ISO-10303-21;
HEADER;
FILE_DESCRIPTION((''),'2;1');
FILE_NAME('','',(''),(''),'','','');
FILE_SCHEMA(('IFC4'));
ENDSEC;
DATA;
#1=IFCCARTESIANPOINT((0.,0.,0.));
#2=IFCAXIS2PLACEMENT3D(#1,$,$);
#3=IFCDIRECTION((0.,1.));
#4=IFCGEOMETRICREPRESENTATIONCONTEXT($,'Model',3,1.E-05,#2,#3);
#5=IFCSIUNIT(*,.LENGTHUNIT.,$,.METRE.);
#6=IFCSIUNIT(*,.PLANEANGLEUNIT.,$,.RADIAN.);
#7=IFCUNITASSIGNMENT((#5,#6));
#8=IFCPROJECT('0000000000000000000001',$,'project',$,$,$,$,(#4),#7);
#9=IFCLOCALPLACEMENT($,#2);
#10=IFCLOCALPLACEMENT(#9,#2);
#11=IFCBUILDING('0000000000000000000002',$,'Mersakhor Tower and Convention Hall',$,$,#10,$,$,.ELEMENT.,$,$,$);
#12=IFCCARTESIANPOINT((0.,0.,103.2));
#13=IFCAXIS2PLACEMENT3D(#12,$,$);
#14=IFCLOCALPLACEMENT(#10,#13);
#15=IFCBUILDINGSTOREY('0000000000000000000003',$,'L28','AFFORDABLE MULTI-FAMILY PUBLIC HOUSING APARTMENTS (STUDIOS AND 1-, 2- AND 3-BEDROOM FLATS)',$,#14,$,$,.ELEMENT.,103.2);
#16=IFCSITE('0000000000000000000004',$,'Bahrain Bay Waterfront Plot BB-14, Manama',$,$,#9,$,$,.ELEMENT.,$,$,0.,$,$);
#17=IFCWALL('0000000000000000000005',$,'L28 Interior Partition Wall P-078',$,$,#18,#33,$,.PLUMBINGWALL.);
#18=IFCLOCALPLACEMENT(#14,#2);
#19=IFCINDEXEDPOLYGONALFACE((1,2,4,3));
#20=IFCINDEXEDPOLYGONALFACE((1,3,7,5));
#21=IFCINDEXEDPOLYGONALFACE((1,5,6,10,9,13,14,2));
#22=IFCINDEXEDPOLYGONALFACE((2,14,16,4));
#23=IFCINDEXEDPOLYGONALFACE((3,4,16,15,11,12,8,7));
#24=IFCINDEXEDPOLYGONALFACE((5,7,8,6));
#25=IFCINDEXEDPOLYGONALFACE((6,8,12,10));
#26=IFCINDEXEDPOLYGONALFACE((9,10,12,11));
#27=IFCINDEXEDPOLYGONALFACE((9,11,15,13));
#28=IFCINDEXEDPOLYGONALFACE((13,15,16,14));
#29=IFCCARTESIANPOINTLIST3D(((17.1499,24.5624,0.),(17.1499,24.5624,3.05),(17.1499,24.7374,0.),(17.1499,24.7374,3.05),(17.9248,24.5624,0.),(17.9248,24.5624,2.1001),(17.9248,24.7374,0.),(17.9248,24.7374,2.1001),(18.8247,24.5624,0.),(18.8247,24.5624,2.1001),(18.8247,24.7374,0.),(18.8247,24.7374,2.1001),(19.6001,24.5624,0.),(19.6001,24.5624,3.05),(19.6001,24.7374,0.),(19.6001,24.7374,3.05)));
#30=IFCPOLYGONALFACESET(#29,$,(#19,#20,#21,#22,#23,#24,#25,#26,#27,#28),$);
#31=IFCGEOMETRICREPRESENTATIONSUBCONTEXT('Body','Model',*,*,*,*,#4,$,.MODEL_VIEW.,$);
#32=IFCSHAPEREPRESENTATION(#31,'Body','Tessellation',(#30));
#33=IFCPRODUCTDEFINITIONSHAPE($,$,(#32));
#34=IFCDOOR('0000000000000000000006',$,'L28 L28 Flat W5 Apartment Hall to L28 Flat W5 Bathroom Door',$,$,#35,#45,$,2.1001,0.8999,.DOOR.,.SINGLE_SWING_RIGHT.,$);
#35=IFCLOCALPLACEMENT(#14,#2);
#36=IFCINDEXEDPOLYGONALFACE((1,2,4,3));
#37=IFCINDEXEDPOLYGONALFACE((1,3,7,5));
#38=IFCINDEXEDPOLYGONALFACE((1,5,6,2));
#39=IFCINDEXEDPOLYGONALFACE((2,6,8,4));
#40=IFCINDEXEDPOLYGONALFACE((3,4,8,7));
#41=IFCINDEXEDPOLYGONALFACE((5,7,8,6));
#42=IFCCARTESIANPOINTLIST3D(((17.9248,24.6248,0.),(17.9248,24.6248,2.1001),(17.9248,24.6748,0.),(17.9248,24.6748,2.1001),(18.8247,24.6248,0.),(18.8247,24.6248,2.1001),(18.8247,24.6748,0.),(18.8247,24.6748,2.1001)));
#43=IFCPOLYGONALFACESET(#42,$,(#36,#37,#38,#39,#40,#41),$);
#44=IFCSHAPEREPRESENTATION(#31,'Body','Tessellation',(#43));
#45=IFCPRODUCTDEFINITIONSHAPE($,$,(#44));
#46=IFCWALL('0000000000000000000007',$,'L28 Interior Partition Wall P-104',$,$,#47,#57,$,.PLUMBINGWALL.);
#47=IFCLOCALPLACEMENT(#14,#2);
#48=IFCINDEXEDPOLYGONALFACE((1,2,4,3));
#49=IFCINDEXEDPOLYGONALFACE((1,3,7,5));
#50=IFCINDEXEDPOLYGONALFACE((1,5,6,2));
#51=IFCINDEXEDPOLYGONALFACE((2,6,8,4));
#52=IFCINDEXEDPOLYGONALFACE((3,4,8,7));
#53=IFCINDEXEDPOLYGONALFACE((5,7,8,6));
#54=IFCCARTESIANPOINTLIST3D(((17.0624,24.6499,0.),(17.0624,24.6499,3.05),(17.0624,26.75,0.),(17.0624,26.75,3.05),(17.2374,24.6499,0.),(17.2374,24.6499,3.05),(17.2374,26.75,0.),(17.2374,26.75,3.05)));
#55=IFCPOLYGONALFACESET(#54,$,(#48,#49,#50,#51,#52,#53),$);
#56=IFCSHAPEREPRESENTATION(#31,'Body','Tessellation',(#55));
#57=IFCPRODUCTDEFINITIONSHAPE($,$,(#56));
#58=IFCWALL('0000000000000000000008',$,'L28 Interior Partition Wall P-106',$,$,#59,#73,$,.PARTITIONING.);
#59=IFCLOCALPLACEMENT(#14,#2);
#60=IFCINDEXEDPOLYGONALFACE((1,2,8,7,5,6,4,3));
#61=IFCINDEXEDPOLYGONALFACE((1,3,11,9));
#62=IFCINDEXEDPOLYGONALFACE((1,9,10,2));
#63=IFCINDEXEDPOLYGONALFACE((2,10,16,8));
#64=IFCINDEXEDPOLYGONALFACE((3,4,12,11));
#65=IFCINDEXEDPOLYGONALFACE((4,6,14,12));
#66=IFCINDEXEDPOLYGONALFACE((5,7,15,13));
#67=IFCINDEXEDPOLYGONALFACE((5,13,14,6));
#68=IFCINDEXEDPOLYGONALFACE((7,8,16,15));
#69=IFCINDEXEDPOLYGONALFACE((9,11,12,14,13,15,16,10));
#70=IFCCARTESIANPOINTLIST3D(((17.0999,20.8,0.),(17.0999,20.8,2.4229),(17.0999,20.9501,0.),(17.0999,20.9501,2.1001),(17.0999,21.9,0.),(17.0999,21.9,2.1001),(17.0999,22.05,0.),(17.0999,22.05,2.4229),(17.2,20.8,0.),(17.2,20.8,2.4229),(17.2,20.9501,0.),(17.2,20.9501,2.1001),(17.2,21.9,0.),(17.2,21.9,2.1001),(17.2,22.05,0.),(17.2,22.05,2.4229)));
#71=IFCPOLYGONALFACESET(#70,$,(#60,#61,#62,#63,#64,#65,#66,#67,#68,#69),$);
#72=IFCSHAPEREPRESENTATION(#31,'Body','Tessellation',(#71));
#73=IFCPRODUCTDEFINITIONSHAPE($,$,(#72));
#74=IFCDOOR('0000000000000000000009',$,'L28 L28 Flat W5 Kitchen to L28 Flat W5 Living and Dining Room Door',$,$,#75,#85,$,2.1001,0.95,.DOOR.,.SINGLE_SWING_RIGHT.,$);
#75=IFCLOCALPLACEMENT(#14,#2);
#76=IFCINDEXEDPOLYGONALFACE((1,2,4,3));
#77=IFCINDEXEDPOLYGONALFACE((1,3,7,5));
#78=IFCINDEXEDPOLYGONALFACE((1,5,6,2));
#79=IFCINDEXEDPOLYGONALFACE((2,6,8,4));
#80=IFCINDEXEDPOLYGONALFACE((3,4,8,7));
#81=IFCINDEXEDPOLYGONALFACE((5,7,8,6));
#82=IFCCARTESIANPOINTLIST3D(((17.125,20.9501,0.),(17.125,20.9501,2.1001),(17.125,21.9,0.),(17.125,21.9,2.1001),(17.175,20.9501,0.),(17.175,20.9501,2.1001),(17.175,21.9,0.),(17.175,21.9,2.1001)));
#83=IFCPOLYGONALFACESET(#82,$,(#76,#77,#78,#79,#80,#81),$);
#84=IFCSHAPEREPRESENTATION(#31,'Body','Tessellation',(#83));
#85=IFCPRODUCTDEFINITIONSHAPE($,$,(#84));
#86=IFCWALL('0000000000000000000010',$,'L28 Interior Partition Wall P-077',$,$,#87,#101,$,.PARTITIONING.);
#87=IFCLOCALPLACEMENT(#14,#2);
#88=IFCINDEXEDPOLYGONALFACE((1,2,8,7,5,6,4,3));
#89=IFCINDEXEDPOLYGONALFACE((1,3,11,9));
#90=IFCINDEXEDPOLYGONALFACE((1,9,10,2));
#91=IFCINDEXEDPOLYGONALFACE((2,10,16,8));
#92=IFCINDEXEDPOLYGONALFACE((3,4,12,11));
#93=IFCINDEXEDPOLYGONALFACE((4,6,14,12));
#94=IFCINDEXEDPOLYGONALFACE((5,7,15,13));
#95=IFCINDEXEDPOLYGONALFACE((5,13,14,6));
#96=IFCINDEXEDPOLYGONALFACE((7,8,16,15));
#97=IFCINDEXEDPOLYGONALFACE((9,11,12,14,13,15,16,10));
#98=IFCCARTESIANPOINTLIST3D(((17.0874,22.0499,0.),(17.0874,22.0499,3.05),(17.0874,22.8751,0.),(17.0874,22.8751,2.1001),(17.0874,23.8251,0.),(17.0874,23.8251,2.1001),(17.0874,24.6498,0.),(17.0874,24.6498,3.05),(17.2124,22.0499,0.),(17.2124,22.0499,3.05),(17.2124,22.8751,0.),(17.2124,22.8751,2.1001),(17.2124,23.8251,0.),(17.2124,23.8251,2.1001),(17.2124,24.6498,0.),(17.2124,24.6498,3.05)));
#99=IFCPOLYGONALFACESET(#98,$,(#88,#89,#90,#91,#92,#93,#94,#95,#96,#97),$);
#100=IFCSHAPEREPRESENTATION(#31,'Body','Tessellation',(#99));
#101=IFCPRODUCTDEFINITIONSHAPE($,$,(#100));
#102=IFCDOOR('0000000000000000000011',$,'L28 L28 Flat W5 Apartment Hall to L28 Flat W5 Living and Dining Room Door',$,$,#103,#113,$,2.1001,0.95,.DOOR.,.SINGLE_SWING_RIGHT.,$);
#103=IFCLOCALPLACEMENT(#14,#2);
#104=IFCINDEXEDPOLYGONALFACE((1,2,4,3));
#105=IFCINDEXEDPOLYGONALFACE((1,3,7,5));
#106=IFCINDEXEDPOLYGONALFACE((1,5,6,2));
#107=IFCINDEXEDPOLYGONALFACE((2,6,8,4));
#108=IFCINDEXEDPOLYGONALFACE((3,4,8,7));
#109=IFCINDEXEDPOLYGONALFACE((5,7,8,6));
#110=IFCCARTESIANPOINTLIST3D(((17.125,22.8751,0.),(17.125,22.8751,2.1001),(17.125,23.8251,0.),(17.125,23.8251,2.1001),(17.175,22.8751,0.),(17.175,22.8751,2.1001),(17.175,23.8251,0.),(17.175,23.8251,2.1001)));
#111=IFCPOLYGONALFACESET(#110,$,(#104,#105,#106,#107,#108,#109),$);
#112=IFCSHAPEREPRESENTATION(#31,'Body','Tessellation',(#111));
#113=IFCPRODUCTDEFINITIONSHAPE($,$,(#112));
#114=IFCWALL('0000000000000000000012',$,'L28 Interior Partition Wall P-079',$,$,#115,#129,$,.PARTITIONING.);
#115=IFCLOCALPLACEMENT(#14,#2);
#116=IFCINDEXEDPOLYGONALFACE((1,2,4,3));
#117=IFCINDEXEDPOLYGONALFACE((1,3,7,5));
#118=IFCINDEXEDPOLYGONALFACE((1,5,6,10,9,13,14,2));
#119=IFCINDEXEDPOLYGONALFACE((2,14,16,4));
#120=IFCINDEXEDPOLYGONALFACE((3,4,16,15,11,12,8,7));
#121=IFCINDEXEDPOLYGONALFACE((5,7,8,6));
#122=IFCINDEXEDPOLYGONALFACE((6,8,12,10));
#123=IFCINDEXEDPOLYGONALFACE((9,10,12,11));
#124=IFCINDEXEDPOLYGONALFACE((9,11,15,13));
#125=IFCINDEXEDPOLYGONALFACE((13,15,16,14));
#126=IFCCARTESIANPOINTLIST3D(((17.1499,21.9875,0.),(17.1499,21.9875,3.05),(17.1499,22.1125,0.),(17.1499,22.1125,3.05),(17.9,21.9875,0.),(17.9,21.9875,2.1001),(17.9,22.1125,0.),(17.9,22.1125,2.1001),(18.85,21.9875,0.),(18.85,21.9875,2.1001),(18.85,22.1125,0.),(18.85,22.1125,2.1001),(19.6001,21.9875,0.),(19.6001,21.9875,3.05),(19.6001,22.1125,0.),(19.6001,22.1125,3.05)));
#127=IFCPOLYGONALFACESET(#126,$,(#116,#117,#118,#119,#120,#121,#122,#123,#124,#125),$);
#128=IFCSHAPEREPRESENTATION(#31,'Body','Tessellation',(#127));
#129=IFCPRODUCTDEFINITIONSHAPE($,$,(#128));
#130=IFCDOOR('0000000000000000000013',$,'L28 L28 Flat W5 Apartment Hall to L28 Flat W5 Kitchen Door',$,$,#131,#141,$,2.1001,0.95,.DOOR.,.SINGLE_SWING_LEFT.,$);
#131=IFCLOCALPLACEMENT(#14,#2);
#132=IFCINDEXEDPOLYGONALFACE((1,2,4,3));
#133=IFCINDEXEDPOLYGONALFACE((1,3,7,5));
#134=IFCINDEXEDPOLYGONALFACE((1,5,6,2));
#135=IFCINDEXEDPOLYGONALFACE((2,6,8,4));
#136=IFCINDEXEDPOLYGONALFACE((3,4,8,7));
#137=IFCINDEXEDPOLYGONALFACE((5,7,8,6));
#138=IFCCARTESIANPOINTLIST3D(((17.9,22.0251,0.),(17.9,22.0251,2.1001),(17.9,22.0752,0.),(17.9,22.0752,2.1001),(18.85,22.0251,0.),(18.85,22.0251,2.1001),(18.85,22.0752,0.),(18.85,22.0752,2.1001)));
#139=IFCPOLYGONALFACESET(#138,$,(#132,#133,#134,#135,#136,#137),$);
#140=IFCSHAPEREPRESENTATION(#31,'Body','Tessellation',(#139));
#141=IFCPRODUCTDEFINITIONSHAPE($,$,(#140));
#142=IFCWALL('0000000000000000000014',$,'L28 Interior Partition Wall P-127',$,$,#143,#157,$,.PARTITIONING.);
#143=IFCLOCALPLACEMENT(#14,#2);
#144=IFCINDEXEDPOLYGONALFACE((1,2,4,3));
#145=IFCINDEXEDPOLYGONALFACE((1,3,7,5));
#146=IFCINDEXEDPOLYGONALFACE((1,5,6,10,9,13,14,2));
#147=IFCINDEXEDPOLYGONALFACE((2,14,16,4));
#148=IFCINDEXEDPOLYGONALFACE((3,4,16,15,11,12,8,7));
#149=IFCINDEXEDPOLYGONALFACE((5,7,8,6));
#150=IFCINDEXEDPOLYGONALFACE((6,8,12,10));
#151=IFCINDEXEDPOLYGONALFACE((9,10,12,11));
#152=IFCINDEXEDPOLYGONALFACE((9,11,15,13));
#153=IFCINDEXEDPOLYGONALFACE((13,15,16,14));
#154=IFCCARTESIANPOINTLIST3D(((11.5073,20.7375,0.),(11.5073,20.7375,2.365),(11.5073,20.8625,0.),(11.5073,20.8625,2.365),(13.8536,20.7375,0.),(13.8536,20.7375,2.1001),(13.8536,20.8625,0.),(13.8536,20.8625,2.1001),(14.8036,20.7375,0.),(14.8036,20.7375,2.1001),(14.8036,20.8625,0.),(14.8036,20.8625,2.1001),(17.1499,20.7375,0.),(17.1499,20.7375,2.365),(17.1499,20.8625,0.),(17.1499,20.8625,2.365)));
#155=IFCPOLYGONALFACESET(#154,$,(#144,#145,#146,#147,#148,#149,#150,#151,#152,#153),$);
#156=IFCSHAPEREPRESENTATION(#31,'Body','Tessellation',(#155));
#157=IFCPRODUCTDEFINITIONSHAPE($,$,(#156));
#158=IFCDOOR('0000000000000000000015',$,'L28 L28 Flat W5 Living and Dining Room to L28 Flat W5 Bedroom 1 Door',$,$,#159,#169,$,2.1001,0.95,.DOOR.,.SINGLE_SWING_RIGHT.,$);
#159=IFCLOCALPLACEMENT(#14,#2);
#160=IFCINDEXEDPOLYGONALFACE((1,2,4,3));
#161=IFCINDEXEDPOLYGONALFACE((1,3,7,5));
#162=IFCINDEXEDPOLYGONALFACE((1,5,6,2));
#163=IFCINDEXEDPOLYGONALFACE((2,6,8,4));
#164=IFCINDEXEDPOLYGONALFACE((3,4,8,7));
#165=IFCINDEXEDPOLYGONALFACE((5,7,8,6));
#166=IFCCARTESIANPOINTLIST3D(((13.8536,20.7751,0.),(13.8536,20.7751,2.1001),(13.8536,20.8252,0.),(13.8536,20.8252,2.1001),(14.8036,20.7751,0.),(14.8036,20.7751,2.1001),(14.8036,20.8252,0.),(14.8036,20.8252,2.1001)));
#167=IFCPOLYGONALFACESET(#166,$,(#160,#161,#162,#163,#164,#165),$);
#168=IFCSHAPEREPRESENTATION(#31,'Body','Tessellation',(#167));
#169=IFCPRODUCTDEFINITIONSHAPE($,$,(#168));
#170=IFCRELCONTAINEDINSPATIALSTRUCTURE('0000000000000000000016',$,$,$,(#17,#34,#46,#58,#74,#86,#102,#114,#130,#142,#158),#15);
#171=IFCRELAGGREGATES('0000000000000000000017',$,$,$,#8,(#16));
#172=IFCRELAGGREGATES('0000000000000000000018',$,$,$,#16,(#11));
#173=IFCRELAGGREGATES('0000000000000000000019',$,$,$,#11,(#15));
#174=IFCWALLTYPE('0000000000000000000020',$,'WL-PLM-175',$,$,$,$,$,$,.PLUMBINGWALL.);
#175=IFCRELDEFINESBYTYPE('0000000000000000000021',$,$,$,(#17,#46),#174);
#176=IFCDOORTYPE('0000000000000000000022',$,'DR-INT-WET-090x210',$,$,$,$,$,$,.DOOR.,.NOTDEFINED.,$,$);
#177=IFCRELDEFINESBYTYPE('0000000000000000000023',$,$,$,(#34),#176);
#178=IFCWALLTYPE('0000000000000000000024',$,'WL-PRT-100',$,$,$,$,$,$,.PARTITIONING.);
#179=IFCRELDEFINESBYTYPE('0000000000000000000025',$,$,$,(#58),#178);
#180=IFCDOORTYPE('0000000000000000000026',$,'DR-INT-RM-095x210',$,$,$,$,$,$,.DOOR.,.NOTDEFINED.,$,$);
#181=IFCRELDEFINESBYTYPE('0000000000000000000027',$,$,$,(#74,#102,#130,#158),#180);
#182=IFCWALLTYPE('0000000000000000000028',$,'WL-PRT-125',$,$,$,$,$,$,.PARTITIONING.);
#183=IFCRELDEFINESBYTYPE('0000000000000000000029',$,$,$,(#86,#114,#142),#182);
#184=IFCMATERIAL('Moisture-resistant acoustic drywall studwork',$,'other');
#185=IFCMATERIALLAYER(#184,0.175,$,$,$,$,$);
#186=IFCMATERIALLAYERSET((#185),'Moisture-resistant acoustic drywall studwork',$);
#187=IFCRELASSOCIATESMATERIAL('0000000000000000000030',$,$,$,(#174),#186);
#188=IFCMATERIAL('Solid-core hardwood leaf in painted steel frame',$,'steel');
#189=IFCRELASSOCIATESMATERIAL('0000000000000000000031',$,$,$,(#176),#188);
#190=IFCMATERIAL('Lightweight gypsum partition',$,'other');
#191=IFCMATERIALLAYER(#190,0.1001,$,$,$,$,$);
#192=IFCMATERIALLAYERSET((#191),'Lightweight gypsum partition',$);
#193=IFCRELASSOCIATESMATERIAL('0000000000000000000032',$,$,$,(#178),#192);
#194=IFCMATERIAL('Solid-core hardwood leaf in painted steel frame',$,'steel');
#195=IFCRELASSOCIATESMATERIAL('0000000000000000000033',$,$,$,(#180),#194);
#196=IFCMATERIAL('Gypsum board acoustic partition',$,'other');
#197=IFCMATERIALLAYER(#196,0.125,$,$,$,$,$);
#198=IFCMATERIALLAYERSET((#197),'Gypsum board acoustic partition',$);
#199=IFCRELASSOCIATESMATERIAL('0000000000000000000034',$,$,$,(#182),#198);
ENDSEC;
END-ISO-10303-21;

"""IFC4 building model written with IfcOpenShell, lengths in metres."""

from ifc_helpers import new_model, si_unit, direction, frame, frame_2d, origin, place, context, subcontext, project, spatial, rectangle, extrude, material, layer, layer_set, type_object, element, fill, save


model = new_model("IFC4")

# Units and contexts
model_context = context("Model", 3, precision=1e-05, world=origin(), true_north=direction((0.0, 1.0)))
body_context = subcontext(model_context, "Body", "Model", "MODEL_VIEW")
ifc_project = project(units=[si_unit("LENGTHUNIT", "METRE"), si_unit("PLANEANGLEUNIT", "RADIAN")], contexts=[model_context])

# Site, building, storey
site_placement = place(None, origin())
site = spatial("IfcSite", under=ifc_project, at=site_placement, Name="Bahrain Bay Waterfront Plot BB-14, Manama", CompositionType="ELEMENT", RefElevation=0.0)
building_placement = place(site_placement, origin())
building = spatial("IfcBuilding", under=site, at=building_placement, Name="Mersakhor Tower and Convention Hall", CompositionType="ELEMENT")
storey_placement = place(building_placement, frame((0.0, 0.0, 103.2)))
storey = spatial("IfcBuildingStorey", under=building, at=storey_placement, Name="L28", Description="AFFORDABLE MULTI-FAMILY PUBLIC HOUSING APARTMENTS (STUDIOS AND 1-, 2- AND 3-BEDROOM FLATS)", CompositionType="ELEMENT", Elevation=103.2)

# Wall, opening, door
ifc_material_1 = material(Name="Moisture-resistant acoustic drywall studwork", Category="other")
ifc_layer_1 = layer(ifc_material_1, 0.175)
ifc_layer_set_1 = layer_set([ifc_layer_1], Name="Moisture-resistant acoustic drywall studwork")
wall_type_1 = type_object("IfcWallType", Name="WL-PLM-175", PredefinedType="PLUMBINGWALL", material=ifc_layer_set_1)
wall_1_placement = place(storey_placement, frame((17.1499, 24.6499, 0.0), z_axis=(0.0, 0.0, 1.0), x_axis=(1.0, 0.0, 0.0)))
wall_1 = element("IfcWall", 1, at=wall_1_placement, inside=storey, type_object=wall_type_1, Name="L28 Interior Partition Wall P-078", PredefinedType="PLUMBINGWALL", context=body_context, shape_type="SweptSolid", body=[
    extrude(rectangle(XDim=2.4502, YDim=0.175, at=frame_2d((1.2251, 0.0))), origin(), (0.0, 0.0, 1.0), 3.05),
])
opening_1_placement = place(wall_1_placement, frame((0.7749, 0.0, 0.0)))
opening_1 = element("IfcOpeningElement", 2, at=opening_1_placement, cuts=wall_1, PredefinedType="OPENING", context=body_context, shape_type="SweptSolid", body=[
    extrude(rectangle(XDim=0.8999, YDim=2.1001, at=frame_2d((0.45, 1.05))), frame((0.0, 0.0974, 0.0), z_axis=(0.0, -1.0, 0.0), x_axis=(1.0, 0.0, 0.0)), (0.0, 0.0, 1.0), 0.1951),
])
ifc_material_2 = material(Name="Solid-core hardwood leaf in painted steel frame", Category="steel")
door_type_1 = type_object("IfcDoorType", Name="DR-INT-WET-090x210", OperationType="NOTDEFINED", PredefinedType="DOOR", material=ifc_material_2)
door_1_placement = place(opening_1_placement, origin())
door_1 = element("IfcDoor", 3, at=door_1_placement, inside=storey, type_object=door_type_1, Name="L28 L28 Flat W5 Apartment Hall to L28 Flat W5 Bathroom Door", OperationType="SINGLE_SWING_RIGHT", OverallHeight=2.1001, OverallWidth=0.8999, PredefinedType="DOOR", context=body_context, shape_type="SweptSolid", body=[
    extrude(rectangle(XDim=0.8999, YDim=2.1001, at=frame_2d((0.45, 1.05))), frame((0.0, 0.0249, 0.0), z_axis=(0.0, -1.0, 0.0), x_axis=(1.0, 0.0, 0.0)), (0.0, 0.0, 1.0), 0.05),
])
fill(opening_1, door_1)

# Wall
wall_2_placement = place(storey_placement, frame((17.1499, 24.6499, 0.0), z_axis=(0.0, 0.0, 1.0), x_axis=(0.0, 1.0, 0.0)))
element("IfcWall", 4, at=wall_2_placement, inside=storey, type_object=wall_type_1, Name="L28 Interior Partition Wall P-104", PredefinedType="PLUMBINGWALL", context=body_context, shape_type="SweptSolid", body=[
    extrude(rectangle(XDim=2.1001, YDim=0.175, at=frame_2d((1.05, 0.0))), origin(), (0.0, 0.0, 1.0), 3.05),
])

# Walls, openings, doors
ifc_material_3 = material(Name="Lightweight gypsum partition", Category="other")
ifc_layer_2 = layer(ifc_material_3, 0.1001)
ifc_layer_set_2 = layer_set([ifc_layer_2], Name="Lightweight gypsum partition")
wall_type_2 = type_object("IfcWallType", Name="WL-PRT-100", PredefinedType="PARTITIONING", material=ifc_layer_set_2)
wall_3_placement = place(storey_placement, frame((17.1499, 20.8, 0.0), z_axis=(0.0, 0.0, 1.0), x_axis=(0.0, 1.0, 0.0)))
wall_3 = element("IfcWall", 5, at=wall_3_placement, inside=storey, type_object=wall_type_2, Name="L28 Interior Partition Wall P-106", PredefinedType="PARTITIONING", context=body_context, shape_type="SweptSolid", body=[
    extrude(rectangle(XDim=1.25, YDim=0.1001, at=frame_2d((0.625, 0.0))), origin(), (0.0, 0.0, 1.0), 2.4229),
])
opening_2_placement = place(wall_3_placement, frame((0.1499, 0.0, 0.0)))
opening_2 = element("IfcOpeningElement", 6, at=opening_2_placement, cuts=wall_3, PredefinedType="OPENING", context=body_context, shape_type="SweptSolid", body=[
    extrude(rectangle(XDim=0.95, YDim=2.1001, at=frame_2d((0.4751, 1.05))), frame((0.0, 0.0601, 0.0), z_axis=(0.0, -1.0, 0.0), x_axis=(1.0, 0.0, 0.0)), (0.0, 0.0, 1.0), 0.1201),
])
ifc_material_4 = material(Name="Solid-core hardwood leaf in painted steel frame", Category="steel")
door_type_2 = type_object("IfcDoorType", Name="DR-INT-RM-095x210", OperationType="NOTDEFINED", PredefinedType="DOOR", material=ifc_material_4)
door_2_placement = place(opening_2_placement, origin())
door_2 = element("IfcDoor", 7, at=door_2_placement, inside=storey, type_object=door_type_2, Name="L28 L28 Flat W5 Kitchen to L28 Flat W5 Living and Dining Room Door", OperationType="SINGLE_SWING_RIGHT", OverallHeight=2.1001, OverallWidth=0.95, PredefinedType="DOOR", context=body_context, shape_type="SweptSolid", body=[
    extrude(rectangle(XDim=0.95, YDim=2.1001, at=frame_2d((0.4751, 1.05))), frame((0.0, 0.0249, 0.0), z_axis=(0.0, -1.0, 0.0), x_axis=(1.0, 0.0, 0.0)), (0.0, 0.0, 1.0), 0.05),
])
fill(opening_2, door_2)
ifc_material_5 = material(Name="Gypsum board acoustic partition", Category="other")
ifc_layer_3 = layer(ifc_material_5, 0.125)
ifc_layer_set_3 = layer_set([ifc_layer_3], Name="Gypsum board acoustic partition")
wall_type_3 = type_object("IfcWallType", Name="WL-PRT-125", PredefinedType="PARTITIONING", material=ifc_layer_set_3)
wall_4_placement = place(storey_placement, frame((17.1499, 22.05, 0.0), z_axis=(0.0, 0.0, 1.0), x_axis=(0.0, 1.0, 0.0)))
wall_4 = element("IfcWall", 8, at=wall_4_placement, inside=storey, type_object=wall_type_3, Name="L28 Interior Partition Wall P-077", PredefinedType="PARTITIONING", context=body_context, shape_type="SweptSolid", body=[
    extrude(rectangle(XDim=2.5999, YDim=0.125, at=frame_2d((1.2998, 0.0))), origin(), (0.0, 0.0, 1.0), 3.05),
])
opening_3_placement = place(wall_4_placement, frame((0.825, 0.0, 0.0)))
opening_3 = element("IfcOpeningElement", 9, at=opening_3_placement, cuts=wall_4, PredefinedType="OPENING", context=body_context, shape_type="SweptSolid", body=[
    extrude(rectangle(XDim=0.95, YDim=2.1001, at=frame_2d((0.4751, 1.05))), frame((0.0, 0.0725, 0.0), z_axis=(0.0, -1.0, 0.0), x_axis=(1.0, 0.0, 0.0)), (0.0, 0.0, 1.0), 0.145),
])
door_3_placement = place(opening_3_placement, origin())
door_3 = element("IfcDoor", 10, at=door_3_placement, inside=storey, type_object=door_type_2, Name="L28 L28 Flat W5 Apartment Hall to L28 Flat W5 Living and Dining Room Door", OperationType="SINGLE_SWING_RIGHT", OverallHeight=2.1001, OverallWidth=0.95, PredefinedType="DOOR", context=body_context, shape_type="SweptSolid", body=[
    extrude(rectangle(XDim=0.95, YDim=2.1001, at=frame_2d((0.4751, 1.05))), frame((0.0, 0.0249, 0.0), z_axis=(0.0, -1.0, 0.0), x_axis=(1.0, 0.0, 0.0)), (0.0, 0.0, 1.0), 0.05),
])
fill(opening_3, door_3)
wall_5_placement = place(storey_placement, frame((19.6001, 22.05, 0.0), z_axis=(0.0, 0.0, 1.0), x_axis=(-1.0, 0.0, 0.0)))
wall_5 = element("IfcWall", 11, at=wall_5_placement, inside=storey, type_object=wall_type_3, Name="L28 Interior Partition Wall P-079", PredefinedType="PARTITIONING", context=body_context, shape_type="SweptSolid", body=[
    extrude(rectangle(XDim=2.4502, YDim=0.125, at=frame_2d((1.2251, 0.0))), origin(), (0.0, 0.0, 1.0), 3.05),
])
opening_4_placement = place(wall_5_placement, frame((0.75, 0.0, 0.0)))
opening_4 = element("IfcOpeningElement", 12, at=opening_4_placement, cuts=wall_5, PredefinedType="OPENING", context=body_context, shape_type="SweptSolid", body=[
    extrude(rectangle(XDim=0.95, YDim=2.1001, at=frame_2d((0.4751, 1.05))), frame((0.0, 0.0725, 0.0), z_axis=(0.0, -1.0, 0.0), x_axis=(1.0, 0.0, 0.0)), (0.0, 0.0, 1.0), 0.145),
])
door_4_placement = place(opening_4_placement, origin())
door_4 = element("IfcDoor", 13, at=door_4_placement, inside=storey, type_object=door_type_2, Name="L28 L28 Flat W5 Apartment Hall to L28 Flat W5 Kitchen Door", OperationType="SINGLE_SWING_LEFT", OverallHeight=2.1001, OverallWidth=0.95, PredefinedType="DOOR", context=body_context, shape_type="SweptSolid", body=[
    extrude(rectangle(XDim=0.95, YDim=2.1001, at=frame_2d((0.4751, 1.05))), frame((0.0, 0.0249, 0.0), z_axis=(0.0, -1.0, 0.0), x_axis=(1.0, 0.0, 0.0)), (0.0, 0.0, 1.0), 0.05),
])
fill(opening_4, door_4)
wall_6_placement = place(storey_placement, frame((17.1499, 20.8, 0.0), z_axis=(0.0, 0.0, 1.0), x_axis=(-1.0, 0.0, 0.0)))
wall_6 = element("IfcWall", 14, at=wall_6_placement, inside=storey, type_object=wall_type_3, Name="L28 Interior Partition Wall P-127", PredefinedType="PARTITIONING", context=body_context, shape_type="SweptSolid", body=[
    extrude(rectangle(XDim=5.6426, YDim=0.125, at=frame_2d((2.8213, 0.0))), origin(), (0.0, 0.0, 1.0), 2.365),
])
opening_5_placement = place(wall_6_placement, frame((2.3462, 0.0, 0.0)))
opening_5 = element("IfcOpeningElement", 15, at=opening_5_placement, cuts=wall_6, PredefinedType="OPENING", context=body_context, shape_type="SweptSolid", body=[
    extrude(rectangle(XDim=0.95, YDim=2.1001, at=frame_2d((0.4751, 1.05))), frame((0.0, 0.0725, 0.0), z_axis=(0.0, -1.0, 0.0), x_axis=(1.0, 0.0, 0.0)), (0.0, 0.0, 1.0), 0.145),
])
door_5_placement = place(opening_5_placement, origin())
door_5 = element("IfcDoor", 16, at=door_5_placement, inside=storey, type_object=door_type_2, Name="L28 L28 Flat W5 Living and Dining Room to L28 Flat W5 Bedroom 1 Door", OperationType="SINGLE_SWING_RIGHT", OverallHeight=2.1001, OverallWidth=0.95, PredefinedType="DOOR", context=body_context, shape_type="SweptSolid", body=[
    extrude(rectangle(XDim=0.95, YDim=2.1001, at=frame_2d((0.4751, 1.05))), frame((0.0, 0.0249, 0.0), z_axis=(0.0, -1.0, 0.0), x_axis=(1.0, 0.0, 0.0)), (0.0, 0.0, 1.0), 0.05),
])
fill(opening_5, door_5)

save(model, "model.ifc")
